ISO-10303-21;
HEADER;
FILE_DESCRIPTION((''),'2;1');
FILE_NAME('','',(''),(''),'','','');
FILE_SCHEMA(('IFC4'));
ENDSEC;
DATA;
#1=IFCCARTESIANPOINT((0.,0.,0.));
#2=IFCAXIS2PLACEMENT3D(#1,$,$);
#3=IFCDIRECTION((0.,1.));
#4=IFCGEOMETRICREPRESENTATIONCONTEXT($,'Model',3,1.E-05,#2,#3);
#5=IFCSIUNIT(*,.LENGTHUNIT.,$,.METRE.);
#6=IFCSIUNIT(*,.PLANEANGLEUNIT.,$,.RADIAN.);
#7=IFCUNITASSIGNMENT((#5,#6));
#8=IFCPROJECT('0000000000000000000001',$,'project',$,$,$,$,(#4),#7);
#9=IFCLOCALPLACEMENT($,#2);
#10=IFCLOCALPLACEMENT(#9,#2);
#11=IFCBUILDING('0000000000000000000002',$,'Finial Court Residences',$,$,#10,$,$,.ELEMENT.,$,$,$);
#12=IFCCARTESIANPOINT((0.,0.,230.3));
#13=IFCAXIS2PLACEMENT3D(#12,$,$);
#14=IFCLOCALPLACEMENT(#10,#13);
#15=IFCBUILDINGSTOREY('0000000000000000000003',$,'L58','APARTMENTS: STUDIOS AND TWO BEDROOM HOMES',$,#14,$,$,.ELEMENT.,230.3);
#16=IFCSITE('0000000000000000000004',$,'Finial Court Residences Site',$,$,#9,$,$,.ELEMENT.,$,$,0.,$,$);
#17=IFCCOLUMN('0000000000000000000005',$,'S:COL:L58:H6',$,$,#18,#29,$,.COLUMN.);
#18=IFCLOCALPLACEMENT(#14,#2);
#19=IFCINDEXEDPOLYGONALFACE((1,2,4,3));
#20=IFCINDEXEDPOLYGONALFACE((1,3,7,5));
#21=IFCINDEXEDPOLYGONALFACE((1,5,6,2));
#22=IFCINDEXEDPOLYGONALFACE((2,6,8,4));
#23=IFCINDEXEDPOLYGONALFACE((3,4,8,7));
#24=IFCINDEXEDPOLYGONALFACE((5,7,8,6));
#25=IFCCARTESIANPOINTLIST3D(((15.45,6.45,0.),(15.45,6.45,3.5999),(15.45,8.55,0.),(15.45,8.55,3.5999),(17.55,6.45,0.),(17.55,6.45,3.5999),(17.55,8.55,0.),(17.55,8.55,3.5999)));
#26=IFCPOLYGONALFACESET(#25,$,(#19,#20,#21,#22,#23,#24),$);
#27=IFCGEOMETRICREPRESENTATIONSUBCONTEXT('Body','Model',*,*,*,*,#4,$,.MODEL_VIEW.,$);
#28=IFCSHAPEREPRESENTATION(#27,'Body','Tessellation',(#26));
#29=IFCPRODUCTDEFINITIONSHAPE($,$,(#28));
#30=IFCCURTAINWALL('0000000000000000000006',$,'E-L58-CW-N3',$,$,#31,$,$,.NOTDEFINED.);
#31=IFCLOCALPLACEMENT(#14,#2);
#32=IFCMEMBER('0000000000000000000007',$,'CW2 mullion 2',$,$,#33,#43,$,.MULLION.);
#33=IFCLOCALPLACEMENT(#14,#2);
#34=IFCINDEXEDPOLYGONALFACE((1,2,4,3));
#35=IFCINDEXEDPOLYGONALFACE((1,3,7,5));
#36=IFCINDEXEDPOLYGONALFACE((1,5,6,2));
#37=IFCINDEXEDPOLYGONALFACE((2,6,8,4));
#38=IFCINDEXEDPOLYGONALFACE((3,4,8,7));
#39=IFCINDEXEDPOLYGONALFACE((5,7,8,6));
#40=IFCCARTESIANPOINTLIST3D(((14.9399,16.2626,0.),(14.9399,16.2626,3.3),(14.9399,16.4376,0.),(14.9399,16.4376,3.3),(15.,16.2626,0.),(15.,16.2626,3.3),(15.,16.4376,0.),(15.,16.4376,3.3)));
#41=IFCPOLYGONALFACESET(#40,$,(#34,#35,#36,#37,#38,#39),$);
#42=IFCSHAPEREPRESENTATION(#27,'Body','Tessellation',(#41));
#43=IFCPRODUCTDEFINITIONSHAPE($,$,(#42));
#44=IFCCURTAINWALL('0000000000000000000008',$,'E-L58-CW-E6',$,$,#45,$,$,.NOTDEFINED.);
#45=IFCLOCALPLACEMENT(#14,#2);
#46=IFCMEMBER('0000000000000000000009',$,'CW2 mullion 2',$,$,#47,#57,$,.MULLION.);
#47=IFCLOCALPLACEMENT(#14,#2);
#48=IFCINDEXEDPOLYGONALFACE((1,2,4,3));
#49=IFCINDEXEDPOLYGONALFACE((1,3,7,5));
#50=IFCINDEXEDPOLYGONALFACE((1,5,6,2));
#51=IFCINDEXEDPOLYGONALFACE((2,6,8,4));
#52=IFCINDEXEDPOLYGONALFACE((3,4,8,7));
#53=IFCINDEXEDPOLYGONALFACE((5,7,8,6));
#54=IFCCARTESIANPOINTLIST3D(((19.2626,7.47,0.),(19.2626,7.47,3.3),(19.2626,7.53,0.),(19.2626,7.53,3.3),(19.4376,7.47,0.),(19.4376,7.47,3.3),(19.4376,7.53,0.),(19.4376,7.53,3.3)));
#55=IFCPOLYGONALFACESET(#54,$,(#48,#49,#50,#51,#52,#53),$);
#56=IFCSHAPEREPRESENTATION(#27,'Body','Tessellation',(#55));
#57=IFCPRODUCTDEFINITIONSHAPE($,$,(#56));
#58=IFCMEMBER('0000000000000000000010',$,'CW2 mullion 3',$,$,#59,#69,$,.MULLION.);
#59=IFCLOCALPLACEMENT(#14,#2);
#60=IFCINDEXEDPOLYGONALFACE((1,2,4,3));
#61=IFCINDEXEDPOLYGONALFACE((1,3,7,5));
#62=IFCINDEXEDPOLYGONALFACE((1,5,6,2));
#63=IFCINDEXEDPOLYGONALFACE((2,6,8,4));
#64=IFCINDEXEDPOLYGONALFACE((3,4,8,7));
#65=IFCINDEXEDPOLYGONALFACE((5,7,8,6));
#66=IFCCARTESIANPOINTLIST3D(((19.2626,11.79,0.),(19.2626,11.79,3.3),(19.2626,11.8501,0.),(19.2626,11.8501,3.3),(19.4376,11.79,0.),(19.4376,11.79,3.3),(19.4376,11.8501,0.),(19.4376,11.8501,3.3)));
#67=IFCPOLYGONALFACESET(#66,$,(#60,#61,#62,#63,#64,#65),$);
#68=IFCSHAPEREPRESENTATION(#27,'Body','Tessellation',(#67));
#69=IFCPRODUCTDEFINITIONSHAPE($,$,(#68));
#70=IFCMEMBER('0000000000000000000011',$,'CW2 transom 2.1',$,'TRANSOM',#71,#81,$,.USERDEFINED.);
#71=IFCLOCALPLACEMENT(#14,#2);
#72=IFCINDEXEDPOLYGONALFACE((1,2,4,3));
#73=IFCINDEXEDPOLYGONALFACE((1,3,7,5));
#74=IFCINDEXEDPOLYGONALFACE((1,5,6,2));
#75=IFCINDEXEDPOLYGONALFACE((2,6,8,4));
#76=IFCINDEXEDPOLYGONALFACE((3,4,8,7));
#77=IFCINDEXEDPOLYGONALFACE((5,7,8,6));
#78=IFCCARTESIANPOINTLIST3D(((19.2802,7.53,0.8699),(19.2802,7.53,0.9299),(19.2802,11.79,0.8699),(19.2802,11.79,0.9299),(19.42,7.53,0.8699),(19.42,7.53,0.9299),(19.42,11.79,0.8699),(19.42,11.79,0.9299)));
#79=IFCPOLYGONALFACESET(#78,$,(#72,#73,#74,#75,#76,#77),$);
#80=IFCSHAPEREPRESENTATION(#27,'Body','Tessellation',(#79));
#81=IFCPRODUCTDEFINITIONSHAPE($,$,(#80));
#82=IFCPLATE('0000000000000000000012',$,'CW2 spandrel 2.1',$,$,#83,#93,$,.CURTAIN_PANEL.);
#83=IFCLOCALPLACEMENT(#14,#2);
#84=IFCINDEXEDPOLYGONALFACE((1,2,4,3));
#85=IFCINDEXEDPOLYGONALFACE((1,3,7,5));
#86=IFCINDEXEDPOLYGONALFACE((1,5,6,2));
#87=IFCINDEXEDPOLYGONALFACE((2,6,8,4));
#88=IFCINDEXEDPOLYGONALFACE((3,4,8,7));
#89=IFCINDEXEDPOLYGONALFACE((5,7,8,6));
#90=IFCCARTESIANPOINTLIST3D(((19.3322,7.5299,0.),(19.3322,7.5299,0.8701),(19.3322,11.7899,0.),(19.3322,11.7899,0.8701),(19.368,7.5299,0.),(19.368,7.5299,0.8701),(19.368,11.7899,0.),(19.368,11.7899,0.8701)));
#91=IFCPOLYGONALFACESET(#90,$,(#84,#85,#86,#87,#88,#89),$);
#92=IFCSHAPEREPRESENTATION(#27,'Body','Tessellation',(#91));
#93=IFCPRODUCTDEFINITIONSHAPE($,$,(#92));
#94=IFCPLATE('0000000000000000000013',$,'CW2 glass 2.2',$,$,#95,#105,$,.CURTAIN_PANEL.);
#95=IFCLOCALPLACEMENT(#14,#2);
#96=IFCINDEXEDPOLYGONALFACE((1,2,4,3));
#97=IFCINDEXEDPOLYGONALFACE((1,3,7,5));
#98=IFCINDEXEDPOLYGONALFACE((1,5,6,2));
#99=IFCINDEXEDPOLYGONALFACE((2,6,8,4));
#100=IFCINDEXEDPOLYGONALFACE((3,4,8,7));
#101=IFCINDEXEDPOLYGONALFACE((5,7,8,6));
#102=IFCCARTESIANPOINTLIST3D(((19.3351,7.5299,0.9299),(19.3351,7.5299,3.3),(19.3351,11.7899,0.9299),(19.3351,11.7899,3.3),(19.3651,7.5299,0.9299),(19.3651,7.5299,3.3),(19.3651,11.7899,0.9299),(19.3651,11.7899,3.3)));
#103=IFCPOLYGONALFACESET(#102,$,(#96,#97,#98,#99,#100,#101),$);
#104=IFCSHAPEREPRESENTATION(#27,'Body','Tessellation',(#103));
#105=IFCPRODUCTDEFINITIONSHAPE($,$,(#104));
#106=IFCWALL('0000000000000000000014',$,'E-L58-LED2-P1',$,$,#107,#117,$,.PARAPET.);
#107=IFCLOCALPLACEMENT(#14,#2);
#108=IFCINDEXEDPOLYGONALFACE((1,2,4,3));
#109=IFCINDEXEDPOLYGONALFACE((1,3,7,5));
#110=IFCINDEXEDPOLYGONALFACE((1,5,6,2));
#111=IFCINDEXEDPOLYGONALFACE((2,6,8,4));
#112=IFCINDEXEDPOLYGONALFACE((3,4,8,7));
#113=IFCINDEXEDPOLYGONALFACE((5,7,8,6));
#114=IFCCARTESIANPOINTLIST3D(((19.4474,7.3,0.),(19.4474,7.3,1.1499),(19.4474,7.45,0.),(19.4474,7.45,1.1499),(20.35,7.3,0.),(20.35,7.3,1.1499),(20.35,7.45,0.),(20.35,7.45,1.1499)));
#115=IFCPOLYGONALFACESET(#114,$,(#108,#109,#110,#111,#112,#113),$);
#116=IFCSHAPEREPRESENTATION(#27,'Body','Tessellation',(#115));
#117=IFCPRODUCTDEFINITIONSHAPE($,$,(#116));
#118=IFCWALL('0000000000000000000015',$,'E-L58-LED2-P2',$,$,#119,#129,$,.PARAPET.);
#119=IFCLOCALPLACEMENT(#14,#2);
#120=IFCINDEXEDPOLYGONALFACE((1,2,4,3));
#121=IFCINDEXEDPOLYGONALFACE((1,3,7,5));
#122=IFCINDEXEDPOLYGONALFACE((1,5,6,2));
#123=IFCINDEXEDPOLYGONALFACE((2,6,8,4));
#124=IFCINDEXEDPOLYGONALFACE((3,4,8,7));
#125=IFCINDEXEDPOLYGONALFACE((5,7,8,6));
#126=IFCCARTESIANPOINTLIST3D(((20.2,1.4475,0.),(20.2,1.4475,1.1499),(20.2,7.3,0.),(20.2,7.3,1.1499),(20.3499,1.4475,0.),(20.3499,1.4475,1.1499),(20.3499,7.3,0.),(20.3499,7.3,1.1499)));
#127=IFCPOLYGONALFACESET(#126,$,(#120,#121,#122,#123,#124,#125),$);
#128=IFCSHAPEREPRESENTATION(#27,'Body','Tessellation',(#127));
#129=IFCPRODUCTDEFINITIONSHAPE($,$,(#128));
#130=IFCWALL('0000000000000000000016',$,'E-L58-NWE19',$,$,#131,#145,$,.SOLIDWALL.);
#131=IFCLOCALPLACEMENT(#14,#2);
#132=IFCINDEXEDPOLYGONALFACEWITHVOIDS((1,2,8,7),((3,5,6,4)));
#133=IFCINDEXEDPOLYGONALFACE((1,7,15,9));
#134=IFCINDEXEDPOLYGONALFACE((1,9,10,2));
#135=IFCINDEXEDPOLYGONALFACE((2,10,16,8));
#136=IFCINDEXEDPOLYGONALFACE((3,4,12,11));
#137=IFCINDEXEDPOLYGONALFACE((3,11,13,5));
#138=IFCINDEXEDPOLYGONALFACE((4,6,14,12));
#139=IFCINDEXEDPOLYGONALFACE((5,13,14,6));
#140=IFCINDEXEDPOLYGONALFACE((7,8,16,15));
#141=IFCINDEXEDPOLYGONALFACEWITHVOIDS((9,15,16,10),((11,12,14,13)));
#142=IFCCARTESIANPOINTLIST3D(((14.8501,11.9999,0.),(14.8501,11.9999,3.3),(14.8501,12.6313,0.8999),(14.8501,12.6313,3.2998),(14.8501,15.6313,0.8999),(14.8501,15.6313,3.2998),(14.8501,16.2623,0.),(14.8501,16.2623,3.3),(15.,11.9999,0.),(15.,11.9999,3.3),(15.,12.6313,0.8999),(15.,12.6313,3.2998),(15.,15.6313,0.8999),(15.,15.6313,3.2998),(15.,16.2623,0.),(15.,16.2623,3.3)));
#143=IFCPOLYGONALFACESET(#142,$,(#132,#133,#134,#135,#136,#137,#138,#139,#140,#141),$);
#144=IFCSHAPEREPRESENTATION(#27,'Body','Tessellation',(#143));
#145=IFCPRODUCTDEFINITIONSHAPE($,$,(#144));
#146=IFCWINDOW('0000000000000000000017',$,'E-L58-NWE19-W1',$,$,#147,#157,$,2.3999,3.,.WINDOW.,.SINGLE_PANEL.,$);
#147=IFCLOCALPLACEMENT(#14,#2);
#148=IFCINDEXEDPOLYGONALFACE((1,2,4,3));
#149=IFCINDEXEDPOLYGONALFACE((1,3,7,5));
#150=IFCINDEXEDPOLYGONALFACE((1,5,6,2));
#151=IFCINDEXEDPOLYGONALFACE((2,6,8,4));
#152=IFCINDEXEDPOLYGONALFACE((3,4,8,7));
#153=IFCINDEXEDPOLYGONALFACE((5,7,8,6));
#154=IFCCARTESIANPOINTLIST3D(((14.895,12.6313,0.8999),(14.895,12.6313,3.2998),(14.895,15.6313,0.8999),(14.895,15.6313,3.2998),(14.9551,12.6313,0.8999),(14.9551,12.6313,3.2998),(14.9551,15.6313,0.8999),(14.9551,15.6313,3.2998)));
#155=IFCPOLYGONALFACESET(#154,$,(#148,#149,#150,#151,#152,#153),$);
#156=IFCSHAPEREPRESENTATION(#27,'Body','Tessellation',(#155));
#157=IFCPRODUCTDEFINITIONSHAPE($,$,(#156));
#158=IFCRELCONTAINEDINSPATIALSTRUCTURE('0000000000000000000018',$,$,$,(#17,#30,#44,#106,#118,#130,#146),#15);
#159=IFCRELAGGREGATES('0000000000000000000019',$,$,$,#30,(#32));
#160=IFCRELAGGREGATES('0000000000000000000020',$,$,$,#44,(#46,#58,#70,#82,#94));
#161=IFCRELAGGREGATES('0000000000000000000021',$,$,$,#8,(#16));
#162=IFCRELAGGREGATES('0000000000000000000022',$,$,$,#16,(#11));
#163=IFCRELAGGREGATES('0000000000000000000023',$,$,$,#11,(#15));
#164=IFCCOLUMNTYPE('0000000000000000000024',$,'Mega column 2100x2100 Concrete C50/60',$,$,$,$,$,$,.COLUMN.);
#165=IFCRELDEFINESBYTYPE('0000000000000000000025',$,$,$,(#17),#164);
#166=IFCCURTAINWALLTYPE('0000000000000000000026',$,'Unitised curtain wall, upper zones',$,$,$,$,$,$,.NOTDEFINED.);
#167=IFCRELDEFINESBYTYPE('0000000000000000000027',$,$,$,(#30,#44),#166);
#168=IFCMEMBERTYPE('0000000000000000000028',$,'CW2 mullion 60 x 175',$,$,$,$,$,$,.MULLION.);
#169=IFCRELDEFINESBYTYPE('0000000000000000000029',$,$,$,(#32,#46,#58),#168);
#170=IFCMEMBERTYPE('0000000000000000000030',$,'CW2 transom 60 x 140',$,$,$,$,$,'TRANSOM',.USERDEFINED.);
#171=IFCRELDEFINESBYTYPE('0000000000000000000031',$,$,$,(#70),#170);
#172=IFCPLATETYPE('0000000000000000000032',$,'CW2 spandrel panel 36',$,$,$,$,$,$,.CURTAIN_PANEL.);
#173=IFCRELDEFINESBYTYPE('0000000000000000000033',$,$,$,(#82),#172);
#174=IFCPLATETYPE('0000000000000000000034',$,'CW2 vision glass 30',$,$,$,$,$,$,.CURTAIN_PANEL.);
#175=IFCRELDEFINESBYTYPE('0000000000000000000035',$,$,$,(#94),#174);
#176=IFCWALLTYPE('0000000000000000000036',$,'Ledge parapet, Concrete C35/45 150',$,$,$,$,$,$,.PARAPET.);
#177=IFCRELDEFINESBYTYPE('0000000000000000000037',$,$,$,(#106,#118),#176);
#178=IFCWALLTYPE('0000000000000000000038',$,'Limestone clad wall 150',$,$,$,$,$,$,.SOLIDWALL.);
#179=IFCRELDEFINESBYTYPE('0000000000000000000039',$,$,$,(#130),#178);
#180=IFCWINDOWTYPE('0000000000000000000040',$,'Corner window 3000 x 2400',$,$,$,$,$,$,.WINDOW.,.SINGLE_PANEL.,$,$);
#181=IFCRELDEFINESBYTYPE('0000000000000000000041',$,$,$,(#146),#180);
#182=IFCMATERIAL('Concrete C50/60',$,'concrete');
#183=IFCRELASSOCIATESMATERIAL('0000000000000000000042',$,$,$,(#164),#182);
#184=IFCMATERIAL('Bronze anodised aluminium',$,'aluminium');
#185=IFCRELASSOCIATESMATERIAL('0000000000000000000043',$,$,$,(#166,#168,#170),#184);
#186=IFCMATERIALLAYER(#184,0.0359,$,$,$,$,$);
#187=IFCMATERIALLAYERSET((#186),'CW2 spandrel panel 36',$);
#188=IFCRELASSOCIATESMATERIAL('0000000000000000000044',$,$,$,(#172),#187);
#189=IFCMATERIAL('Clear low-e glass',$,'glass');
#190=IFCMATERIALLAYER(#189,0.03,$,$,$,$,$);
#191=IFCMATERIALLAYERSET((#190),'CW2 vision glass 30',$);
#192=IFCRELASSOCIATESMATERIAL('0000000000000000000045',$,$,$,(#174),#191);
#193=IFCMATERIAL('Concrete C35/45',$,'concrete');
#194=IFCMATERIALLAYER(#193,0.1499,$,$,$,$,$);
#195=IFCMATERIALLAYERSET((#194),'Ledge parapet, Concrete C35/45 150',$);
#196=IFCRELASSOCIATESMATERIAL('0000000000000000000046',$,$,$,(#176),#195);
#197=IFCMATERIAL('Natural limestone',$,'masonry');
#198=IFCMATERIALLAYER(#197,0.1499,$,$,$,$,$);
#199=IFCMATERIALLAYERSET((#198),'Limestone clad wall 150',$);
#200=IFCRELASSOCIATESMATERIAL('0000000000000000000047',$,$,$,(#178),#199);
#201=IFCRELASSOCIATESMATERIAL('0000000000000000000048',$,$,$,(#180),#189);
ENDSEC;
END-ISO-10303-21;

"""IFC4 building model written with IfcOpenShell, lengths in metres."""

from ifc_helpers import new_model, si_unit, direction, frame, frame_2d, origin, origin_2d, place, context, subcontext, project, spatial, rectangle, extrude, material, layer, layer_set, material_profile, profile_set, type_object, element, fill, aggregate, save


model = new_model("IFC4")

# Units and contexts
model_context = context("Model", 3, precision=1e-05, world=origin(), true_north=direction((0.0, 1.0)))
body_context = subcontext(model_context, "Body", "Model", "MODEL_VIEW")
ifc_project = project(units=[si_unit("LENGTHUNIT", "METRE"), si_unit("PLANEANGLEUNIT", "RADIAN")], contexts=[model_context])

# Site, building, storey
site_placement = place(None, origin())
site = spatial("IfcSite", under=ifc_project, at=site_placement, Name="Finial Court Residences Site", CompositionType="ELEMENT", RefElevation=0.0)
building_placement = place(site_placement, origin())
building = spatial("IfcBuilding", under=site, at=building_placement, Name="Finial Court Residences", CompositionType="ELEMENT")
storey_placement = place(building_placement, frame((0.0, 0.0, 230.3)))
storey = spatial("IfcBuildingStorey", under=building, at=storey_placement, Name="L58", Description="APARTMENTS: STUDIOS AND TWO BEDROOM HOMES", CompositionType="ELEMENT", Elevation=230.3)

# Column
ifc_material_1 = material(Name="Concrete C50/60", Category="concrete")
ifc_material_profile_1 = material_profile(ifc_material_1, rectangle(XDim=2.1001, YDim=2.1001, at=origin_2d()), Name="2100x2100")
ifc_profile_set_1 = profile_set([ifc_material_profile_1], Name="Concrete C50/60")
column_type = type_object("IfcColumnType", Name="Mega column 2100x2100 Concrete C50/60", PredefinedType="COLUMN", material=ifc_profile_set_1)
column_placement = place(storey_placement, frame((16.5, 7.5, 0.0), z_axis=(0.0, 0.0, 1.0), x_axis=(1.0, 0.0, 0.0)))
element("IfcColumn", 1, at=column_placement, inside=storey, type_object=column_type, Name="S:COL:L58:H6", PredefinedType="COLUMN", context=body_context, shape_type="SweptSolid", body=[
    extrude(rectangle(XDim=2.1001, YDim=2.1001, at=origin_2d()), origin(), (0.0, 0.0, 1.0), 3.5999),
])

# Curtain wall, member
ifc_material_2 = material(Name="Bronze anodised aluminium", Category="aluminium")
curtain_wall_type = type_object("IfcCurtainWallType", Name="Unitised curtain wall, upper zones", PredefinedType="NOTDEFINED", material=ifc_material_2)
curtain_wall_1_placement = place(storey_placement, origin())
curtain_wall_1 = element("IfcCurtainWall", 2, at=curtain_wall_1_placement, inside=storey, type_object=curtain_wall_type, Name="E-L58-CW-N3", PredefinedType="NOTDEFINED")
ifc_material_profile_2 = material_profile(ifc_material_2, rectangle(XDim=0.175, YDim=0.0601, at=origin_2d()), Name="CW2 mullion 60 x 175")
ifc_profile_set_2 = profile_set([ifc_material_profile_2], Name="Bronze anodised aluminium")
member_type_1 = type_object("IfcMemberType", Name="CW2 mullion 60 x 175", PredefinedType="MULLION", material=ifc_profile_set_2)
member_1_placement = place(storey_placement, frame((14.97, 16.3501, 0.0), z_axis=(0.0, 0.0, 1.0), x_axis=(0.0, 1.0, 0.0)))
member_1 = element("IfcMember", 3, at=member_1_placement, type_object=member_type_1, Name="CW2 mullion 2", PredefinedType="MULLION", context=body_context, shape_type="SweptSolid", body=[
    extrude(rectangle(XDim=0.175, YDim=0.0601, at=origin_2d()), origin(), (0.0, 0.0, 1.0), 3.3),
])
aggregate(curtain_wall_1, [member_1])

# Curtain wall, members, plates
curtain_wall_2_placement = place(storey_placement, origin())
curtain_wall_2 = element("IfcCurtainWall", 4, at=curtain_wall_2_placement, inside=storey, type_object=curtain_wall_type, Name="E-L58-CW-E6", PredefinedType="NOTDEFINED")
member_2_placement = place(storey_placement, frame((19.3501, 7.5, 0.0), z_axis=(0.0, 0.0, 1.0), x_axis=(-1.0, 0.0, 0.0)))
member_2 = element("IfcMember", 5, at=member_2_placement, type_object=member_type_1, Name="CW2 mullion 2", PredefinedType="MULLION", context=body_context, shape_type="SweptSolid", body=[
    extrude(rectangle(XDim=0.175, YDim=0.0601, at=origin_2d()), origin(), (0.0, 0.0, 1.0), 3.3),
])
member_3_placement = place(storey_placement, frame((19.3501, 11.8201, 0.0), z_axis=(0.0, 0.0, 1.0), x_axis=(-1.0, 0.0, 0.0)))
member_3 = element("IfcMember", 6, at=member_3_placement, type_object=member_type_1, Name="CW2 mullion 3", PredefinedType="MULLION", context=body_context, shape_type="SweptSolid", body=[
    extrude(rectangle(XDim=0.175, YDim=0.0601, at=origin_2d()), origin(), (0.0, 0.0, 1.0), 3.3),
])
ifc_material_profile_3 = material_profile(ifc_material_2, rectangle(XDim=0.1399, YDim=0.0601, at=origin_2d()), Name="CW2 transom 60 x 140")
ifc_profile_set_3 = profile_set([ifc_material_profile_3], Name="Bronze anodised aluminium")
member_type_2 = type_object("IfcMemberType", Name="CW2 transom 60 x 140", ElementType="TRANSOM", PredefinedType="USERDEFINED", material=ifc_profile_set_3)
member_4_placement = place(storey_placement, frame((19.3501, 7.53, 0.8999), z_axis=(0.0, 1.0, 0.0), x_axis=(-1.0, 0.0, 0.0)))
member_4 = element("IfcMember", 7, at=member_4_placement, type_object=member_type_2, Name="CW2 transom 2.1", ObjectType="TRANSOM", PredefinedType="USERDEFINED", context=body_context, shape_type="SweptSolid", body=[
    extrude(rectangle(XDim=0.1399, YDim=0.0601, at=origin_2d()), origin(), (0.0, 0.0, 1.0), 4.26),
])
ifc_layer_1 = layer(ifc_material_2, 0.0359)
ifc_layer_set_1 = layer_set([ifc_layer_1], Name="CW2 spandrel panel 36")
plate_type_1 = type_object("IfcPlateType", Name="CW2 spandrel panel 36", PredefinedType="CURTAIN_PANEL", material=ifc_layer_set_1)
plate_1_placement = place(storey_placement, frame((19.3501, 9.6599, 0.0), z_axis=(0.0, 0.0, 1.0), x_axis=(0.0, 1.0, 0.0)))
plate_1 = element("IfcPlate", 8, at=plate_1_placement, type_object=plate_type_1, Name="CW2 spandrel 2.1", PredefinedType="CURTAIN_PANEL", context=body_context, shape_type="SweptSolid", body=[
    extrude(rectangle(XDim=4.26, YDim=0.0359, at=origin_2d()), origin(), (0.0, 0.0, 1.0), 0.8701),
])
ifc_material_3 = material(Name="Clear low-e glass", Category="glass")
ifc_layer_2 = layer(ifc_material_3, 0.03)
ifc_layer_set_2 = layer_set([ifc_layer_2], Name="CW2 vision glass 30")
plate_type_2 = type_object("IfcPlateType", Name="CW2 vision glass 30", PredefinedType="CURTAIN_PANEL", material=ifc_layer_set_2)
plate_2_placement = place(storey_placement, frame((19.3501, 9.6599, 0.9299), z_axis=(0.0, 0.0, 1.0), x_axis=(0.0, 1.0, 0.0)))
plate_2 = element("IfcPlate", 9, at=plate_2_placement, type_object=plate_type_2, Name="CW2 glass 2.2", PredefinedType="CURTAIN_PANEL", context=body_context, shape_type="SweptSolid", body=[
    extrude(rectangle(XDim=4.26, YDim=0.03, at=origin_2d()), origin(), (0.0, 0.0, 1.0), 2.3701),
])
aggregate(curtain_wall_2, [member_2, member_3, member_4, plate_1, plate_2])

# Walls
ifc_material_4 = material(Name="Concrete C35/45", Category="concrete")
ifc_layer_3 = layer(ifc_material_4, 0.1499)
ifc_layer_set_3 = layer_set([ifc_layer_3], Name="Ledge parapet, Concrete C35/45 150")
wall_type_1 = type_object("IfcWallType", Name="Ledge parapet, Concrete C35/45 150", PredefinedType="PARAPET", material=ifc_layer_set_3)
wall_1_placement = place(storey_placement, frame((19.4475, 7.375, 0.0), z_axis=(0.0, 0.0, 1.0), x_axis=(1.0, 0.0, 0.0)))
element("IfcWall", 10, at=wall_1_placement, inside=storey, type_object=wall_type_1, Name="E-L58-LED2-P1", PredefinedType="PARAPET", context=body_context, shape_type="SweptSolid", body=[
    extrude(rectangle(XDim=0.9026, YDim=0.1499, at=frame_2d((0.4512, 0.0))), origin(), (0.0, 0.0, 1.0), 1.1499),
])
wall_2_placement = place(storey_placement, frame((20.2749, 7.3, 0.0), z_axis=(0.0, 0.0, 1.0), x_axis=(0.0, -1.0, 0.0)))
element("IfcWall", 11, at=wall_2_placement, inside=storey, type_object=wall_type_1, Name="E-L58-LED2-P2", PredefinedType="PARAPET", context=body_context, shape_type="SweptSolid", body=[
    extrude(rectangle(XDim=5.8525, YDim=0.1499, at=frame_2d((2.9263, 0.0))), origin(), (0.0, 0.0, 1.0), 1.1499),
])

# Wall, opening, window
ifc_material_5 = material(Name="Natural limestone", Category="masonry")
ifc_layer_4 = layer(ifc_material_5, 0.1499)
ifc_layer_set_4 = layer_set([ifc_layer_4], Name="Limestone clad wall 150")
wall_type_2 = type_object("IfcWallType", Name="Limestone clad wall 150", PredefinedType="SOLIDWALL", material=ifc_layer_set_4)
wall_3_placement = place(storey_placement, frame((14.925, 16.2625, 0.0), z_axis=(0.0, 0.0, 1.0), x_axis=(0.0, -1.0, 0.0)))
wall_3 = element("IfcWall", 12, at=wall_3_placement, inside=storey, type_object=wall_type_2, Name="E-L58-NWE19", PredefinedType="SOLIDWALL", context=body_context, shape_type="SweptSolid", body=[
    extrude(rectangle(XDim=4.2625, YDim=0.1499, at=frame_2d((2.1313, 0.0))), origin(), (0.0, 0.0, 1.0), 3.3),
])
opening_1_placement = place(wall_3_placement, frame((0.6311, 0.0, 0.8999)))
opening_1 = element("IfcOpeningElement", 13, at=opening_1_placement, cuts=wall_3, PredefinedType="OPENING", context=body_context, shape_type="SweptSolid", body=[
    extrude(rectangle(XDim=3.0, YDim=2.3999, at=frame_2d((1.5, 1.2))), frame((0.0, 0.085, 0.0), z_axis=(0.0, -1.0, 0.0), x_axis=(1.0, 0.0, 0.0)), (0.0, 0.0, 1.0), 0.1699),
])
window_type_1 = type_object("IfcWindowType", Name="Corner window 3000 x 2400", PartitioningType="SINGLE_PANEL", PredefinedType="WINDOW", material=ifc_material_3)
window_1_placement = place(opening_1_placement, origin())
window_1 = element("IfcWindow", 14, at=window_1_placement, inside=storey, type_object=window_type_1, Name="E-L58-NWE19-W1", OverallHeight=2.3999, OverallWidth=3.0, PartitioningType="SINGLE_PANEL", PredefinedType="WINDOW", context=body_context, shape_type="SweptSolid", body=[
    extrude(rectangle(XDim=3.0, YDim=2.3999, at=frame_2d((1.5, 1.2))), frame((0.0, 0.03, 0.0), z_axis=(0.0, -1.0, 0.0), x_axis=(1.0, 0.0, 0.0)), (0.0, 0.0, 1.0), 0.0601),
])
fill(opening_1, window_1)

save(model, "model.ifc")
